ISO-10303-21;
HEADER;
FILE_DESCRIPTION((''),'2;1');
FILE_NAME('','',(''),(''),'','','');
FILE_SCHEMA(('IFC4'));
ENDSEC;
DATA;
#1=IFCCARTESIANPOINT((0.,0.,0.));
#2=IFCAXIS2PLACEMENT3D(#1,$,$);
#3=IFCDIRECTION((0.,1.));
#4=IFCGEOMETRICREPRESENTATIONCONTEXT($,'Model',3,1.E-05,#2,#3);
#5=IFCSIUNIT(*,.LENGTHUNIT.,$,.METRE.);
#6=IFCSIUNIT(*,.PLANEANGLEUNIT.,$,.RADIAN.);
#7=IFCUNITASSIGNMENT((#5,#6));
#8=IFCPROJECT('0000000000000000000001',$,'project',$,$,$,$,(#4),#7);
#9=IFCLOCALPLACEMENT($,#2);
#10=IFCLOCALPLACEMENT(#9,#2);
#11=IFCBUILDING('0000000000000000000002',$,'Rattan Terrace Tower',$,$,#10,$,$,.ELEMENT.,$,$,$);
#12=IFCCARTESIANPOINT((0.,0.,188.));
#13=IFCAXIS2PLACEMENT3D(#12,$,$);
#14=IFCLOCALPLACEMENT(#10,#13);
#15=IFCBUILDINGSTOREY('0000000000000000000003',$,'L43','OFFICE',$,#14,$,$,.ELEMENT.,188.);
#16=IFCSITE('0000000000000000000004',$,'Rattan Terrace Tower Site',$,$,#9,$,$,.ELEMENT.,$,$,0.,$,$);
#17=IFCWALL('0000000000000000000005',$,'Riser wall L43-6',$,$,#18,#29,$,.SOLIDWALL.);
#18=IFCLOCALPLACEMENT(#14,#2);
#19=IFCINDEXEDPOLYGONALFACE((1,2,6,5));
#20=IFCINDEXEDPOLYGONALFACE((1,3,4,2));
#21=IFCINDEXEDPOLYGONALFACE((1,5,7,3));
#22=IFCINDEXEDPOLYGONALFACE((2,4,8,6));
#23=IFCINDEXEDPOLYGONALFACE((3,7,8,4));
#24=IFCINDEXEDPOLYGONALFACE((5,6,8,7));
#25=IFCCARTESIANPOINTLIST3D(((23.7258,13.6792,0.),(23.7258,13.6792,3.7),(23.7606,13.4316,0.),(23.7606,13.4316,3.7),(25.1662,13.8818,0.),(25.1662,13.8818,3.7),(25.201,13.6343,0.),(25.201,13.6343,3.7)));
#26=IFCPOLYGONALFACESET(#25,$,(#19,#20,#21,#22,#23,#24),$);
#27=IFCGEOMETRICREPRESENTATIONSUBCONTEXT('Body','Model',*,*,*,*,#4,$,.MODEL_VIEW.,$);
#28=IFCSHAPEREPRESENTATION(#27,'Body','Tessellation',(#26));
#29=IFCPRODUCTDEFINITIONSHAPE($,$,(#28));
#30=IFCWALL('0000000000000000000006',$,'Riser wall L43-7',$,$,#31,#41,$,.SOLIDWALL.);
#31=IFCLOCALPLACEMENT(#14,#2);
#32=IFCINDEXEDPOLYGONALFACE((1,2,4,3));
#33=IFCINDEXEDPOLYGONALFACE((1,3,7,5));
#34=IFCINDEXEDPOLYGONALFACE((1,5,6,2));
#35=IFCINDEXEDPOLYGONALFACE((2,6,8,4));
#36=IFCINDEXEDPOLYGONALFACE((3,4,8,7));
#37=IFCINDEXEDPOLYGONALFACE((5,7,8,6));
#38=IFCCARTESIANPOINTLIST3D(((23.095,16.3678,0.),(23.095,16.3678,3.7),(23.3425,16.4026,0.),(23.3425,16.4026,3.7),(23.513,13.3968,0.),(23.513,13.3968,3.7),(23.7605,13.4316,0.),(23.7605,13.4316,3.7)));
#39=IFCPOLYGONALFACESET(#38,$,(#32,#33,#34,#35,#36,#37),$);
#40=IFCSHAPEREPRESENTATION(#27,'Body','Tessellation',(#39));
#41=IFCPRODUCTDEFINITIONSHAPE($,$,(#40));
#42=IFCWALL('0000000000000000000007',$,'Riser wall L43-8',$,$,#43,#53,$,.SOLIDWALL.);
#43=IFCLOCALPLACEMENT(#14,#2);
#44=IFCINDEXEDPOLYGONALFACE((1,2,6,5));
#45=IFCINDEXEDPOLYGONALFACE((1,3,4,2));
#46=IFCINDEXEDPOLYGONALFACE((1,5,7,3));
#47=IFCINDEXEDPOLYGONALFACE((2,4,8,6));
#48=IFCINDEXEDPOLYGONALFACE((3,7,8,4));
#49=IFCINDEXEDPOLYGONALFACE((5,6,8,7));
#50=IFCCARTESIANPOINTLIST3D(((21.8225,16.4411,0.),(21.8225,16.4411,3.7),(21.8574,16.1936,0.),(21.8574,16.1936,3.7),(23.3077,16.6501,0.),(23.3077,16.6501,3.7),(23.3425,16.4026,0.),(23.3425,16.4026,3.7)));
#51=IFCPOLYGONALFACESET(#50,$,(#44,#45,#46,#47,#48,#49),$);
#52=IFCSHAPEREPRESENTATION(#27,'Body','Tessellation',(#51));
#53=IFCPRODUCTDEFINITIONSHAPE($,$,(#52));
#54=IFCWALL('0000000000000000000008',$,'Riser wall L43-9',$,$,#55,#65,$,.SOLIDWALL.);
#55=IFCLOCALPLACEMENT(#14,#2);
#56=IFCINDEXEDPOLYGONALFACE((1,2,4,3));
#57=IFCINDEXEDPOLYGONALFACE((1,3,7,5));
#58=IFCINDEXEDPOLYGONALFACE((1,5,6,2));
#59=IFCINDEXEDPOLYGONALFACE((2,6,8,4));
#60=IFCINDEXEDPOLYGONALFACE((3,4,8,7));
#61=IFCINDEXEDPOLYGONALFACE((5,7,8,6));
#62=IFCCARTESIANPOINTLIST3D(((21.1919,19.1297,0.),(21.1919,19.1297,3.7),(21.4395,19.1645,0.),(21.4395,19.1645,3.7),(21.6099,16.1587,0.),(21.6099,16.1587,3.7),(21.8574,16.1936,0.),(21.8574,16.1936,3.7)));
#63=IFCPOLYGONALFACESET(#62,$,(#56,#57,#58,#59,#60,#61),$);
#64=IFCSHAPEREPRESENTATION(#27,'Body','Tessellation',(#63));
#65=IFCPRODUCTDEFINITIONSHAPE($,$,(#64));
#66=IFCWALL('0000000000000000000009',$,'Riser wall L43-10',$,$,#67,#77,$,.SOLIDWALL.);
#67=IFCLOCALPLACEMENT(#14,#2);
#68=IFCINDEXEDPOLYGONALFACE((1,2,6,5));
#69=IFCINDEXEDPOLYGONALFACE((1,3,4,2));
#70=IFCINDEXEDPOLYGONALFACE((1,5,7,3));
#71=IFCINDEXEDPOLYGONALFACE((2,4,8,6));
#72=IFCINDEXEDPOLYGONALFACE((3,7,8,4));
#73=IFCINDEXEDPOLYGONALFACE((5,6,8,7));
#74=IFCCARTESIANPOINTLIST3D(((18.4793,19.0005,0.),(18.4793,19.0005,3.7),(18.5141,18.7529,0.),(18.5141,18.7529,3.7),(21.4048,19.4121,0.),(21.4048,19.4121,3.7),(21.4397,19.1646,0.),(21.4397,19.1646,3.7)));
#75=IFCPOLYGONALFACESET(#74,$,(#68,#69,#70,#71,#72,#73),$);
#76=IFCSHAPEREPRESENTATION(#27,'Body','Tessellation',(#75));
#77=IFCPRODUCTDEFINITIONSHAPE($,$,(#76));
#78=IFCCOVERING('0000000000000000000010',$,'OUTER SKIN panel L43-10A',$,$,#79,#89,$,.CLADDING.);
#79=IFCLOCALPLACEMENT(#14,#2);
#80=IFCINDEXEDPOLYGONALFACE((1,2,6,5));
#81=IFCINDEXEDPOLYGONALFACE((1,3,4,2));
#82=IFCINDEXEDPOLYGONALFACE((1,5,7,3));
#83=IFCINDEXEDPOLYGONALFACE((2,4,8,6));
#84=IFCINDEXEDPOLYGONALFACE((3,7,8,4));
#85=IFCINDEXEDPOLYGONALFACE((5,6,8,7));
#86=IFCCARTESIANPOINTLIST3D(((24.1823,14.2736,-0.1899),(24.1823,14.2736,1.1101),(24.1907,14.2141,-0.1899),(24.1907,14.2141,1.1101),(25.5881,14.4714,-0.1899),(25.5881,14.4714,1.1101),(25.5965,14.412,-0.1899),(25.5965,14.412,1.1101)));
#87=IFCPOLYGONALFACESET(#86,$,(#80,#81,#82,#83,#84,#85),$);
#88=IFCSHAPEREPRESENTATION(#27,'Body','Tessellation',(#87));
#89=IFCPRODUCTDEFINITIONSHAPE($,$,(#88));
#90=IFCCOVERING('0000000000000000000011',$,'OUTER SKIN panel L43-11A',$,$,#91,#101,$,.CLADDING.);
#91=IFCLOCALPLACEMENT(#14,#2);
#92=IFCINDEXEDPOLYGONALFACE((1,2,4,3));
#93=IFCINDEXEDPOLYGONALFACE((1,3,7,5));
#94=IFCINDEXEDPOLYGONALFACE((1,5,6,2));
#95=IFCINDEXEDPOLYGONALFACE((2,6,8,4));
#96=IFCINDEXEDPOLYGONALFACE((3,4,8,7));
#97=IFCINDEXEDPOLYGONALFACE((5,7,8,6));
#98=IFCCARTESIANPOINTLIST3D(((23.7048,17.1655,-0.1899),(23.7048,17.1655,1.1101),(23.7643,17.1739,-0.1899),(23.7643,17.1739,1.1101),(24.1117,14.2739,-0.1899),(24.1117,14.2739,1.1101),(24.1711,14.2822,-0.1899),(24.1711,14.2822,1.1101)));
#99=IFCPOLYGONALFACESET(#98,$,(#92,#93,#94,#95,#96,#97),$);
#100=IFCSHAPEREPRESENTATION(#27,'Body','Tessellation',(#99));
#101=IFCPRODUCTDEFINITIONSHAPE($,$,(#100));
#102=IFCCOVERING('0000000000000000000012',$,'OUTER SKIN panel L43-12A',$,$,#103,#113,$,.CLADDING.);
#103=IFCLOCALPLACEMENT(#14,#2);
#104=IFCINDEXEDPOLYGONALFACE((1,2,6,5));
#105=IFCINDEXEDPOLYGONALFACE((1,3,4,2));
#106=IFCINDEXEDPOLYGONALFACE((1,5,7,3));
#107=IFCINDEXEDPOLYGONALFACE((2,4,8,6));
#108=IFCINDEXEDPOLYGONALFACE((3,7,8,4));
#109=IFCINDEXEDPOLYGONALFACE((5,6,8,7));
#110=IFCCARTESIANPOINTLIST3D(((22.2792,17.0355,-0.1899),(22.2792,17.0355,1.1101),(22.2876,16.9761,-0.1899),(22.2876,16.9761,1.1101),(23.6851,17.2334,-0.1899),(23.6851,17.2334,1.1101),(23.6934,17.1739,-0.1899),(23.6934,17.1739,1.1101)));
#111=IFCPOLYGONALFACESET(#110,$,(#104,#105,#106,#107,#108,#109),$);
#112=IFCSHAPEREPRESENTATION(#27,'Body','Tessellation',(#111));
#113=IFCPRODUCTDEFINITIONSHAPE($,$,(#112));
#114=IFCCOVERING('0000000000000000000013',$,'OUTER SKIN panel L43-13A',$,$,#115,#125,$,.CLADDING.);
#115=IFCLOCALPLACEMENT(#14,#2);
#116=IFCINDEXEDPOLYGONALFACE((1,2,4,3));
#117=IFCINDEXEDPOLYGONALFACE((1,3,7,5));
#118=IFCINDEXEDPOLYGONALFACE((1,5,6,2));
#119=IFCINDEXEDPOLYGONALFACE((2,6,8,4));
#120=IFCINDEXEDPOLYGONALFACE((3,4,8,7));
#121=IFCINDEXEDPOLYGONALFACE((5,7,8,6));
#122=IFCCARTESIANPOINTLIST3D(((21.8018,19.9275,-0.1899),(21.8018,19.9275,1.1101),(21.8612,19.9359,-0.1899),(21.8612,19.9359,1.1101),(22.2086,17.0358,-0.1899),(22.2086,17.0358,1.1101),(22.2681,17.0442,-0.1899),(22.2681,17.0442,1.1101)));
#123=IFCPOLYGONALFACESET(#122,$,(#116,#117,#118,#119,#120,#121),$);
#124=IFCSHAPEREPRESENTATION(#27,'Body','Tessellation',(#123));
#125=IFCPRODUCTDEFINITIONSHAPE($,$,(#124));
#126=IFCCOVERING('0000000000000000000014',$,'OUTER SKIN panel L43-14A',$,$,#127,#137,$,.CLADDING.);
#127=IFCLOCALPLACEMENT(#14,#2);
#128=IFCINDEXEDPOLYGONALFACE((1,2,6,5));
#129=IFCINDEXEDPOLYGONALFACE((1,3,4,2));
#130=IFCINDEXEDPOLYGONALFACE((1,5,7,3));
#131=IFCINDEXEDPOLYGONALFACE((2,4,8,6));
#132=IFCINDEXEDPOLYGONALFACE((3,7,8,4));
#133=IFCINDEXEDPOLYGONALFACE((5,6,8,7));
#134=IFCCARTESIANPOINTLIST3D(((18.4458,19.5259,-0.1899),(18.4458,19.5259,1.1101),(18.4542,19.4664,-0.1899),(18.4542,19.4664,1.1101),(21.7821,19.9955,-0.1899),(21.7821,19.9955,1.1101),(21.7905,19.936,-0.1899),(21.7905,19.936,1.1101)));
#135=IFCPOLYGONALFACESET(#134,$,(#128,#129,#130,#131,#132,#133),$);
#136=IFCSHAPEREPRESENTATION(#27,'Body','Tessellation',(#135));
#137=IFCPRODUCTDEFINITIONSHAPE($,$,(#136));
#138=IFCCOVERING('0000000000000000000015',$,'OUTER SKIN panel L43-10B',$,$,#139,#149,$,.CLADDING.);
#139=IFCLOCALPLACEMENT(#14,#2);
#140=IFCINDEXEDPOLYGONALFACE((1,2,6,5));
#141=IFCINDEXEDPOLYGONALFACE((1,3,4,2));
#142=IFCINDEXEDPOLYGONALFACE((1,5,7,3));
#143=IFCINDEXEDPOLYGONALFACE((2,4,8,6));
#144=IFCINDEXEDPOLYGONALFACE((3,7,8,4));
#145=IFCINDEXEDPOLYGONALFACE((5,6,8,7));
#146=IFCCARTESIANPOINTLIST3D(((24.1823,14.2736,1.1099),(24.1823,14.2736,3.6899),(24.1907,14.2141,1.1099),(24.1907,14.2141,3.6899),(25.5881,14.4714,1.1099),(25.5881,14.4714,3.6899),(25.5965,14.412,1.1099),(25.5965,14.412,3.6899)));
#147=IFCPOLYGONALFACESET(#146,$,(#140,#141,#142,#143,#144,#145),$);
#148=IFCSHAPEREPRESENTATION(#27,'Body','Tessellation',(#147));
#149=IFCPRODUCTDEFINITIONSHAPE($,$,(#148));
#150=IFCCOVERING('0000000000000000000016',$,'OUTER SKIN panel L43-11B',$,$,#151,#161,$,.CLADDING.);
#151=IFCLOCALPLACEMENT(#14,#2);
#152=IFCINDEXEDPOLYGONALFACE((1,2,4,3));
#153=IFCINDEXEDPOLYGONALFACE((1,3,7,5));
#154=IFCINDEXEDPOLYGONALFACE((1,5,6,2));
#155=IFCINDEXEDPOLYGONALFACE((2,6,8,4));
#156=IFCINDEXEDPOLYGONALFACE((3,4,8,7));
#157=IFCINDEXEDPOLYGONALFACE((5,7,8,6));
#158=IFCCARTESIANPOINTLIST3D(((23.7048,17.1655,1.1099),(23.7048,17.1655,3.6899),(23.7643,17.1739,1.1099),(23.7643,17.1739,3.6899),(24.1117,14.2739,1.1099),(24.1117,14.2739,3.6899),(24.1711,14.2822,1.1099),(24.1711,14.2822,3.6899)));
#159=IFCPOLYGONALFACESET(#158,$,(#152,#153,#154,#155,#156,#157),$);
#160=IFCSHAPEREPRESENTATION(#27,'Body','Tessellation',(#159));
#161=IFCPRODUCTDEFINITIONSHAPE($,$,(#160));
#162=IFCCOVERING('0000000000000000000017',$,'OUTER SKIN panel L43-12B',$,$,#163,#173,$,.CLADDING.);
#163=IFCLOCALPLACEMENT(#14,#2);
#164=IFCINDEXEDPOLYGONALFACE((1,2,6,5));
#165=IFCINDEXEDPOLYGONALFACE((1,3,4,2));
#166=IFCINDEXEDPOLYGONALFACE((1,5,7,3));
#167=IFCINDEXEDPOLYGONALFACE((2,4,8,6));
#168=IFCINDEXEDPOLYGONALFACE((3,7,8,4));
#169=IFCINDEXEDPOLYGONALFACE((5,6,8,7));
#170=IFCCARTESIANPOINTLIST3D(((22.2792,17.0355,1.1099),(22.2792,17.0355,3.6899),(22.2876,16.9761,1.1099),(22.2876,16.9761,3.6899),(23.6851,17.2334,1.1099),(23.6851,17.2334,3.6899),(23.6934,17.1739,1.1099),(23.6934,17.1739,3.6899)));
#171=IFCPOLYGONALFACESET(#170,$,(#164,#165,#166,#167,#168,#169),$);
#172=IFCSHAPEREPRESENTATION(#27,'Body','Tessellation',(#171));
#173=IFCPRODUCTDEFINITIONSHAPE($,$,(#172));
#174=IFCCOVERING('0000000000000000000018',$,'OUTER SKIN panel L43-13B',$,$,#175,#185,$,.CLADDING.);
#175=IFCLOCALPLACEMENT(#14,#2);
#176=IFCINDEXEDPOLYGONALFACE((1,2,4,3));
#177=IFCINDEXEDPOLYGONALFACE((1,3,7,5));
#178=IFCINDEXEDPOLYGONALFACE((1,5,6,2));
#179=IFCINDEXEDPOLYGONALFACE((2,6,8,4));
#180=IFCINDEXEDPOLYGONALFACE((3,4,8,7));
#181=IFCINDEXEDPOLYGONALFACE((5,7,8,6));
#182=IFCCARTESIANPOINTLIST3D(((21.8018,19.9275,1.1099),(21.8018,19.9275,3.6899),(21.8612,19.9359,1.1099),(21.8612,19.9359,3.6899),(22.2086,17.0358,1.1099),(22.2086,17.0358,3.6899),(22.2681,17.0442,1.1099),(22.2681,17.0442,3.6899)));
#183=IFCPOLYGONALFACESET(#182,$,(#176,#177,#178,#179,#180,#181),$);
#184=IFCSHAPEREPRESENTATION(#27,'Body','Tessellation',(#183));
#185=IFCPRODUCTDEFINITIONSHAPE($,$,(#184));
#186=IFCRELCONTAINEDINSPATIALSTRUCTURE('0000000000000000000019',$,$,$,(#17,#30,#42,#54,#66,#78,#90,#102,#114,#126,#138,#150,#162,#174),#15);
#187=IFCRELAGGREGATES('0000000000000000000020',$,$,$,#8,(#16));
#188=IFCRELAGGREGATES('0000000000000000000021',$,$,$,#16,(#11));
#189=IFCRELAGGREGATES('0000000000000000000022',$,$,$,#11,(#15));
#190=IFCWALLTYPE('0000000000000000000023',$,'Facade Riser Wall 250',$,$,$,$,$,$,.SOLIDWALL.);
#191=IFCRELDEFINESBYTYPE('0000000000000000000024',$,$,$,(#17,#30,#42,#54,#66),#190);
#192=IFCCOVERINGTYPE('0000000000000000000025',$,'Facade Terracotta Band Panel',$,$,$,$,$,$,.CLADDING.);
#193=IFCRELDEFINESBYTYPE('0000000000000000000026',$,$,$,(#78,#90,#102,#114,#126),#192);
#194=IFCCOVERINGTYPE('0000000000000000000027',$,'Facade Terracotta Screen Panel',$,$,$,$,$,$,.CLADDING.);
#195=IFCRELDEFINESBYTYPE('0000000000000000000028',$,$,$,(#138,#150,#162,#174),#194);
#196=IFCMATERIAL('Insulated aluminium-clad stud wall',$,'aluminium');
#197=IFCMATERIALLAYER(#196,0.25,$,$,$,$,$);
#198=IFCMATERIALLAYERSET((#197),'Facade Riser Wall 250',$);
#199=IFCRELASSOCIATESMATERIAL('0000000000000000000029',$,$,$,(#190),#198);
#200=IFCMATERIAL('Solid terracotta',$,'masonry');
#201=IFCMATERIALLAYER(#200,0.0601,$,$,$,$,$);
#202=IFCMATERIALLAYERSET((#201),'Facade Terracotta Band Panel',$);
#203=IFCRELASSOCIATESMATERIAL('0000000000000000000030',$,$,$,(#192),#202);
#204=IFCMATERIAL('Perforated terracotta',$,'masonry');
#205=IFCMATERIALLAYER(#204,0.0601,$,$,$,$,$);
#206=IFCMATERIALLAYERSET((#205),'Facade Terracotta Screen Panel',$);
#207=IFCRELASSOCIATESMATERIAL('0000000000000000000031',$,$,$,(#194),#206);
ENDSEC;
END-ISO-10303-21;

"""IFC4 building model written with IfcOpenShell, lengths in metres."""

from ifc_helpers import new_model, si_unit, direction, frame, frame_2d, origin, origin_2d, place, context, subcontext, project, spatial, rectangle, extrude, material, layer, layer_set, type_object, element, save


model = new_model("IFC4")

# Units and contexts
model_context = context("Model", 3, precision=1e-05, world=origin(), true_north=direction((0.0, 1.0)))
body_context = subcontext(model_context, "Body", "Model", "MODEL_VIEW")
ifc_project = project(units=[si_unit("LENGTHUNIT", "METRE"), si_unit("PLANEANGLEUNIT", "RADIAN")], contexts=[model_context])

# Site, building, storey
site_placement = place(None, origin())
site = spatial("IfcSite", under=ifc_project, at=site_placement, Name="Rattan Terrace Tower Site", CompositionType="ELEMENT", RefElevation=0.0)
building_placement = place(site_placement, origin())
building = spatial("IfcBuilding", under=site, at=building_placement, Name="Rattan Terrace Tower", CompositionType="ELEMENT")
storey_placement = place(building_placement, frame((0.0, 0.0, 188.0)))
storey = spatial("IfcBuildingStorey", under=building, at=storey_placement, Name="L43", Description="OFFICE", CompositionType="ELEMENT", Elevation=188.0)

# Walls
ifc_material_1 = material(Name="Insulated aluminium-clad stud wall", Category="aluminium")
ifc_layer_1 = layer(ifc_material_1, 0.25)
ifc_layer_set_1 = layer_set([ifc_layer_1], Name="Facade Riser Wall 250")
wall_type = type_object("IfcWallType", Name="Facade Riser Wall 250", PredefinedType="SOLIDWALL", material=ifc_layer_set_1)
wall_1_placement = place(storey_placement, frame((25.1836, 13.7581, 0.0), z_axis=(0.0, 0.0, 1.0), x_axis=(-0.990249, -0.139306, 0.0)))
element("IfcWall", 1, at=wall_1_placement, inside=storey, type_object=wall_type, Name="Riser wall L43-6", PredefinedType="SOLIDWALL", context=body_context, shape_type="SweptSolid", body=[
    extrude(rectangle(XDim=1.4546, YDim=0.25, at=frame_2d((0.7273, 0.0))), origin(), (0.0, 0.0, 1.0), 3.7),
])
wall_2_placement = place(storey_placement, frame((23.6367, 13.4143, 0.0), z_axis=(0.0, 0.0, 1.0), x_axis=(-0.139313, 0.990248, 0.0)))
element("IfcWall", 2, at=wall_2_placement, inside=storey, type_object=wall_type, Name="Riser wall L43-7", PredefinedType="SOLIDWALL", context=body_context, shape_type="SweptSolid", body=[
    extrude(rectangle(XDim=3.0002, YDim=0.25, at=frame_2d((1.5, 0.0))), origin(), (0.0, 0.0, 1.0), 3.7),
])
wall_3_placement = place(storey_placement, frame((23.3252, 16.5264, 0.0), z_axis=(0.0, 0.0, 1.0), x_axis=(-0.990244, -0.139347, 0.0)))
element("IfcWall", 3, at=wall_3_placement, inside=storey, type_object=wall_type, Name="Riser wall L43-8", PredefinedType="SOLIDWALL", context=body_context, shape_type="SweptSolid", body=[
    extrude(rectangle(XDim=1.4998, YDim=0.25, at=frame_2d((0.75, 0.0))), origin(), (0.0, 0.0, 1.0), 3.7),
])
wall_4_placement = place(storey_placement, frame((21.7336, 16.1763, 0.0), z_axis=(0.0, 0.0, 1.0), x_axis=(-0.139313, 0.990248, 0.0)))
element("IfcWall", 4, at=wall_4_placement, inside=storey, type_object=wall_type, Name="Riser wall L43-9", PredefinedType="SOLIDWALL", context=body_context, shape_type="SweptSolid", body=[
    extrude(rectangle(XDim=3.0002, YDim=0.25, at=frame_2d((1.5, 0.0))), origin(), (0.0, 0.0, 1.0), 3.7),
])
wall_5_placement = place(storey_placement, frame((21.4221, 19.2883, 0.0), z_axis=(0.0, 0.0, 1.0), x_axis=(-0.990246, -0.139327, 0.0)))
element("IfcWall", 5, at=wall_5_placement, inside=storey, type_object=wall_type, Name="Riser wall L43-10", PredefinedType="SOLIDWALL", context=body_context, shape_type="SweptSolid", body=[
    extrude(rectangle(XDim=2.9543, YDim=0.25, at=frame_2d((1.4771, 0.0))), origin(), (0.0, 0.0, 1.0), 3.7),
])

# Coverings
ifc_material_2 = material(Name="Solid terracotta", Category="masonry")
ifc_layer_2 = layer(ifc_material_2, 0.0601)
ifc_layer_set_2 = layer_set([ifc_layer_2], Name="Facade Terracotta Band Panel")
covering_type_1 = type_object("IfcCoveringType", Name="Facade Terracotta Band Panel", PredefinedType="CLADDING", material=ifc_layer_set_2)
covering_1_placement = place(storey_placement, frame((24.8894, 14.3428, -0.1899), z_axis=(0.0, 0.0, 1.0), x_axis=(-0.990241, -0.139367, 0.0)))
element("IfcCovering", 6, at=covering_1_placement, inside=storey, type_object=covering_type_1, Name="OUTER SKIN panel L43-10A", PredefinedType="CLADDING", context=body_context, shape_type="SweptSolid", body=[
    extrude(rectangle(XDim=1.4197, YDim=0.0601, at=origin_2d()), origin(), (0.0, 0.0, 1.0), 1.3),
])
covering_2_placement = place(storey_placement, frame((23.938, 15.7239, -0.1899), z_axis=(0.0, 0.0, 1.0), x_axis=(-0.139321, 0.990247, 0.0)))
element("IfcCovering", 7, at=covering_2_placement, inside=storey, type_object=covering_type_1, Name="OUTER SKIN panel L43-11A", PredefinedType="CLADDING", context=body_context, shape_type="SweptSolid", body=[
    extrude(rectangle(XDim=2.9202, YDim=0.0601, at=origin_2d()), origin(), (0.0, 0.0, 1.0), 1.3),
])
covering_3_placement = place(storey_placement, frame((22.9863, 17.1047, -0.1899), z_axis=(0.0, 0.0, 1.0), x_axis=(-0.990241, -0.139367, 0.0)))
element("IfcCovering", 8, at=covering_3_placement, inside=storey, type_object=covering_type_1, Name="OUTER SKIN panel L43-12A", PredefinedType="CLADDING", context=body_context, shape_type="SweptSolid", body=[
    extrude(rectangle(XDim=1.4197, YDim=0.0601, at=origin_2d()), origin(), (0.0, 0.0, 1.0), 1.3),
])
covering_4_placement = place(storey_placement, frame((22.0349, 18.4858, -0.1899), z_axis=(0.0, 0.0, 1.0), x_axis=(-0.139321, 0.990247, 0.0)))
element("IfcCovering", 9, at=covering_4_placement, inside=storey, type_object=covering_type_1, Name="OUTER SKIN panel L43-13A", PredefinedType="CLADDING", context=body_context, shape_type="SweptSolid", body=[
    extrude(rectangle(XDim=2.9202, YDim=0.0601, at=origin_2d()), origin(), (0.0, 0.0, 1.0), 1.3),
])
covering_5_placement = place(storey_placement, frame((20.1182, 19.731, -0.1899), z_axis=(0.0, 0.0, 1.0), x_axis=(-0.990241, -0.139367, 0.0)))
element("IfcCovering", 10, at=covering_5_placement, inside=storey, type_object=covering_type_1, Name="OUTER SKIN panel L43-14A", PredefinedType="CLADDING", context=body_context, shape_type="SweptSolid", body=[
    extrude(rectangle(XDim=3.3691, YDim=0.0601, at=origin_2d()), origin(), (0.0, 0.0, 1.0), 1.3),
])
ifc_material_3 = material(Name="Perforated terracotta", Category="masonry")
ifc_layer_3 = layer(ifc_material_3, 0.0601)
ifc_layer_set_3 = layer_set([ifc_layer_3], Name="Facade Terracotta Screen Panel")
covering_type_2 = type_object("IfcCoveringType", Name="Facade Terracotta Screen Panel", PredefinedType="CLADDING", material=ifc_layer_set_3)
covering_6_placement = place(storey_placement, frame((24.8894, 14.3428, 1.1099), z_axis=(0.0, 0.0, 1.0), x_axis=(-0.990241, -0.139367, 0.0)))
element("IfcCovering", 11, at=covering_6_placement, inside=storey, type_object=covering_type_2, Name="OUTER SKIN panel L43-10B", PredefinedType="CLADDING", context=body_context, shape_type="SweptSolid", body=[
    extrude(rectangle(XDim=1.4197, YDim=0.0601, at=origin_2d()), origin(), (0.0, 0.0, 1.0), 2.5801),
])
covering_7_placement = place(storey_placement, frame((23.938, 15.7239, 1.1099), z_axis=(0.0, 0.0, 1.0), x_axis=(-0.139321, 0.990247, 0.0)))
element("IfcCovering", 12, at=covering_7_placement, inside=storey, type_object=covering_type_2, Name="OUTER SKIN panel L43-11B", PredefinedType="CLADDING", context=body_context, shape_type="SweptSolid", body=[
    extrude(rectangle(XDim=2.9202, YDim=0.0601, at=origin_2d()), origin(), (0.0, 0.0, 1.0), 2.5801),
])
covering_8_placement = place(storey_placement, frame((22.9863, 17.1047, 1.1099), z_axis=(0.0, 0.0, 1.0), x_axis=(-0.990241, -0.139367, 0.0)))
element("IfcCovering", 13, at=covering_8_placement, inside=storey, type_object=covering_type_2, Name="OUTER SKIN panel L43-12B", PredefinedType="CLADDING", context=body_context, shape_type="SweptSolid", body=[
    extrude(rectangle(XDim=1.4197, YDim=0.0601, at=origin_2d()), origin(), (0.0, 0.0, 1.0), 2.5801),
])
covering_9_placement = place(storey_placement, frame((22.0349, 18.4858, 1.1099), z_axis=(0.0, 0.0, 1.0), x_axis=(-0.139321, 0.990247, 0.0)))
element("IfcCovering", 14, at=covering_9_placement, inside=storey, type_object=covering_type_2, Name="OUTER SKIN panel L43-13B", PredefinedType="CLADDING", context=body_context, shape_type="SweptSolid", body=[
    extrude(rectangle(XDim=2.9202, YDim=0.0601, at=origin_2d()), origin(), (0.0, 0.0, 1.0), 2.5801),
])

save(model, "model.ifc")
